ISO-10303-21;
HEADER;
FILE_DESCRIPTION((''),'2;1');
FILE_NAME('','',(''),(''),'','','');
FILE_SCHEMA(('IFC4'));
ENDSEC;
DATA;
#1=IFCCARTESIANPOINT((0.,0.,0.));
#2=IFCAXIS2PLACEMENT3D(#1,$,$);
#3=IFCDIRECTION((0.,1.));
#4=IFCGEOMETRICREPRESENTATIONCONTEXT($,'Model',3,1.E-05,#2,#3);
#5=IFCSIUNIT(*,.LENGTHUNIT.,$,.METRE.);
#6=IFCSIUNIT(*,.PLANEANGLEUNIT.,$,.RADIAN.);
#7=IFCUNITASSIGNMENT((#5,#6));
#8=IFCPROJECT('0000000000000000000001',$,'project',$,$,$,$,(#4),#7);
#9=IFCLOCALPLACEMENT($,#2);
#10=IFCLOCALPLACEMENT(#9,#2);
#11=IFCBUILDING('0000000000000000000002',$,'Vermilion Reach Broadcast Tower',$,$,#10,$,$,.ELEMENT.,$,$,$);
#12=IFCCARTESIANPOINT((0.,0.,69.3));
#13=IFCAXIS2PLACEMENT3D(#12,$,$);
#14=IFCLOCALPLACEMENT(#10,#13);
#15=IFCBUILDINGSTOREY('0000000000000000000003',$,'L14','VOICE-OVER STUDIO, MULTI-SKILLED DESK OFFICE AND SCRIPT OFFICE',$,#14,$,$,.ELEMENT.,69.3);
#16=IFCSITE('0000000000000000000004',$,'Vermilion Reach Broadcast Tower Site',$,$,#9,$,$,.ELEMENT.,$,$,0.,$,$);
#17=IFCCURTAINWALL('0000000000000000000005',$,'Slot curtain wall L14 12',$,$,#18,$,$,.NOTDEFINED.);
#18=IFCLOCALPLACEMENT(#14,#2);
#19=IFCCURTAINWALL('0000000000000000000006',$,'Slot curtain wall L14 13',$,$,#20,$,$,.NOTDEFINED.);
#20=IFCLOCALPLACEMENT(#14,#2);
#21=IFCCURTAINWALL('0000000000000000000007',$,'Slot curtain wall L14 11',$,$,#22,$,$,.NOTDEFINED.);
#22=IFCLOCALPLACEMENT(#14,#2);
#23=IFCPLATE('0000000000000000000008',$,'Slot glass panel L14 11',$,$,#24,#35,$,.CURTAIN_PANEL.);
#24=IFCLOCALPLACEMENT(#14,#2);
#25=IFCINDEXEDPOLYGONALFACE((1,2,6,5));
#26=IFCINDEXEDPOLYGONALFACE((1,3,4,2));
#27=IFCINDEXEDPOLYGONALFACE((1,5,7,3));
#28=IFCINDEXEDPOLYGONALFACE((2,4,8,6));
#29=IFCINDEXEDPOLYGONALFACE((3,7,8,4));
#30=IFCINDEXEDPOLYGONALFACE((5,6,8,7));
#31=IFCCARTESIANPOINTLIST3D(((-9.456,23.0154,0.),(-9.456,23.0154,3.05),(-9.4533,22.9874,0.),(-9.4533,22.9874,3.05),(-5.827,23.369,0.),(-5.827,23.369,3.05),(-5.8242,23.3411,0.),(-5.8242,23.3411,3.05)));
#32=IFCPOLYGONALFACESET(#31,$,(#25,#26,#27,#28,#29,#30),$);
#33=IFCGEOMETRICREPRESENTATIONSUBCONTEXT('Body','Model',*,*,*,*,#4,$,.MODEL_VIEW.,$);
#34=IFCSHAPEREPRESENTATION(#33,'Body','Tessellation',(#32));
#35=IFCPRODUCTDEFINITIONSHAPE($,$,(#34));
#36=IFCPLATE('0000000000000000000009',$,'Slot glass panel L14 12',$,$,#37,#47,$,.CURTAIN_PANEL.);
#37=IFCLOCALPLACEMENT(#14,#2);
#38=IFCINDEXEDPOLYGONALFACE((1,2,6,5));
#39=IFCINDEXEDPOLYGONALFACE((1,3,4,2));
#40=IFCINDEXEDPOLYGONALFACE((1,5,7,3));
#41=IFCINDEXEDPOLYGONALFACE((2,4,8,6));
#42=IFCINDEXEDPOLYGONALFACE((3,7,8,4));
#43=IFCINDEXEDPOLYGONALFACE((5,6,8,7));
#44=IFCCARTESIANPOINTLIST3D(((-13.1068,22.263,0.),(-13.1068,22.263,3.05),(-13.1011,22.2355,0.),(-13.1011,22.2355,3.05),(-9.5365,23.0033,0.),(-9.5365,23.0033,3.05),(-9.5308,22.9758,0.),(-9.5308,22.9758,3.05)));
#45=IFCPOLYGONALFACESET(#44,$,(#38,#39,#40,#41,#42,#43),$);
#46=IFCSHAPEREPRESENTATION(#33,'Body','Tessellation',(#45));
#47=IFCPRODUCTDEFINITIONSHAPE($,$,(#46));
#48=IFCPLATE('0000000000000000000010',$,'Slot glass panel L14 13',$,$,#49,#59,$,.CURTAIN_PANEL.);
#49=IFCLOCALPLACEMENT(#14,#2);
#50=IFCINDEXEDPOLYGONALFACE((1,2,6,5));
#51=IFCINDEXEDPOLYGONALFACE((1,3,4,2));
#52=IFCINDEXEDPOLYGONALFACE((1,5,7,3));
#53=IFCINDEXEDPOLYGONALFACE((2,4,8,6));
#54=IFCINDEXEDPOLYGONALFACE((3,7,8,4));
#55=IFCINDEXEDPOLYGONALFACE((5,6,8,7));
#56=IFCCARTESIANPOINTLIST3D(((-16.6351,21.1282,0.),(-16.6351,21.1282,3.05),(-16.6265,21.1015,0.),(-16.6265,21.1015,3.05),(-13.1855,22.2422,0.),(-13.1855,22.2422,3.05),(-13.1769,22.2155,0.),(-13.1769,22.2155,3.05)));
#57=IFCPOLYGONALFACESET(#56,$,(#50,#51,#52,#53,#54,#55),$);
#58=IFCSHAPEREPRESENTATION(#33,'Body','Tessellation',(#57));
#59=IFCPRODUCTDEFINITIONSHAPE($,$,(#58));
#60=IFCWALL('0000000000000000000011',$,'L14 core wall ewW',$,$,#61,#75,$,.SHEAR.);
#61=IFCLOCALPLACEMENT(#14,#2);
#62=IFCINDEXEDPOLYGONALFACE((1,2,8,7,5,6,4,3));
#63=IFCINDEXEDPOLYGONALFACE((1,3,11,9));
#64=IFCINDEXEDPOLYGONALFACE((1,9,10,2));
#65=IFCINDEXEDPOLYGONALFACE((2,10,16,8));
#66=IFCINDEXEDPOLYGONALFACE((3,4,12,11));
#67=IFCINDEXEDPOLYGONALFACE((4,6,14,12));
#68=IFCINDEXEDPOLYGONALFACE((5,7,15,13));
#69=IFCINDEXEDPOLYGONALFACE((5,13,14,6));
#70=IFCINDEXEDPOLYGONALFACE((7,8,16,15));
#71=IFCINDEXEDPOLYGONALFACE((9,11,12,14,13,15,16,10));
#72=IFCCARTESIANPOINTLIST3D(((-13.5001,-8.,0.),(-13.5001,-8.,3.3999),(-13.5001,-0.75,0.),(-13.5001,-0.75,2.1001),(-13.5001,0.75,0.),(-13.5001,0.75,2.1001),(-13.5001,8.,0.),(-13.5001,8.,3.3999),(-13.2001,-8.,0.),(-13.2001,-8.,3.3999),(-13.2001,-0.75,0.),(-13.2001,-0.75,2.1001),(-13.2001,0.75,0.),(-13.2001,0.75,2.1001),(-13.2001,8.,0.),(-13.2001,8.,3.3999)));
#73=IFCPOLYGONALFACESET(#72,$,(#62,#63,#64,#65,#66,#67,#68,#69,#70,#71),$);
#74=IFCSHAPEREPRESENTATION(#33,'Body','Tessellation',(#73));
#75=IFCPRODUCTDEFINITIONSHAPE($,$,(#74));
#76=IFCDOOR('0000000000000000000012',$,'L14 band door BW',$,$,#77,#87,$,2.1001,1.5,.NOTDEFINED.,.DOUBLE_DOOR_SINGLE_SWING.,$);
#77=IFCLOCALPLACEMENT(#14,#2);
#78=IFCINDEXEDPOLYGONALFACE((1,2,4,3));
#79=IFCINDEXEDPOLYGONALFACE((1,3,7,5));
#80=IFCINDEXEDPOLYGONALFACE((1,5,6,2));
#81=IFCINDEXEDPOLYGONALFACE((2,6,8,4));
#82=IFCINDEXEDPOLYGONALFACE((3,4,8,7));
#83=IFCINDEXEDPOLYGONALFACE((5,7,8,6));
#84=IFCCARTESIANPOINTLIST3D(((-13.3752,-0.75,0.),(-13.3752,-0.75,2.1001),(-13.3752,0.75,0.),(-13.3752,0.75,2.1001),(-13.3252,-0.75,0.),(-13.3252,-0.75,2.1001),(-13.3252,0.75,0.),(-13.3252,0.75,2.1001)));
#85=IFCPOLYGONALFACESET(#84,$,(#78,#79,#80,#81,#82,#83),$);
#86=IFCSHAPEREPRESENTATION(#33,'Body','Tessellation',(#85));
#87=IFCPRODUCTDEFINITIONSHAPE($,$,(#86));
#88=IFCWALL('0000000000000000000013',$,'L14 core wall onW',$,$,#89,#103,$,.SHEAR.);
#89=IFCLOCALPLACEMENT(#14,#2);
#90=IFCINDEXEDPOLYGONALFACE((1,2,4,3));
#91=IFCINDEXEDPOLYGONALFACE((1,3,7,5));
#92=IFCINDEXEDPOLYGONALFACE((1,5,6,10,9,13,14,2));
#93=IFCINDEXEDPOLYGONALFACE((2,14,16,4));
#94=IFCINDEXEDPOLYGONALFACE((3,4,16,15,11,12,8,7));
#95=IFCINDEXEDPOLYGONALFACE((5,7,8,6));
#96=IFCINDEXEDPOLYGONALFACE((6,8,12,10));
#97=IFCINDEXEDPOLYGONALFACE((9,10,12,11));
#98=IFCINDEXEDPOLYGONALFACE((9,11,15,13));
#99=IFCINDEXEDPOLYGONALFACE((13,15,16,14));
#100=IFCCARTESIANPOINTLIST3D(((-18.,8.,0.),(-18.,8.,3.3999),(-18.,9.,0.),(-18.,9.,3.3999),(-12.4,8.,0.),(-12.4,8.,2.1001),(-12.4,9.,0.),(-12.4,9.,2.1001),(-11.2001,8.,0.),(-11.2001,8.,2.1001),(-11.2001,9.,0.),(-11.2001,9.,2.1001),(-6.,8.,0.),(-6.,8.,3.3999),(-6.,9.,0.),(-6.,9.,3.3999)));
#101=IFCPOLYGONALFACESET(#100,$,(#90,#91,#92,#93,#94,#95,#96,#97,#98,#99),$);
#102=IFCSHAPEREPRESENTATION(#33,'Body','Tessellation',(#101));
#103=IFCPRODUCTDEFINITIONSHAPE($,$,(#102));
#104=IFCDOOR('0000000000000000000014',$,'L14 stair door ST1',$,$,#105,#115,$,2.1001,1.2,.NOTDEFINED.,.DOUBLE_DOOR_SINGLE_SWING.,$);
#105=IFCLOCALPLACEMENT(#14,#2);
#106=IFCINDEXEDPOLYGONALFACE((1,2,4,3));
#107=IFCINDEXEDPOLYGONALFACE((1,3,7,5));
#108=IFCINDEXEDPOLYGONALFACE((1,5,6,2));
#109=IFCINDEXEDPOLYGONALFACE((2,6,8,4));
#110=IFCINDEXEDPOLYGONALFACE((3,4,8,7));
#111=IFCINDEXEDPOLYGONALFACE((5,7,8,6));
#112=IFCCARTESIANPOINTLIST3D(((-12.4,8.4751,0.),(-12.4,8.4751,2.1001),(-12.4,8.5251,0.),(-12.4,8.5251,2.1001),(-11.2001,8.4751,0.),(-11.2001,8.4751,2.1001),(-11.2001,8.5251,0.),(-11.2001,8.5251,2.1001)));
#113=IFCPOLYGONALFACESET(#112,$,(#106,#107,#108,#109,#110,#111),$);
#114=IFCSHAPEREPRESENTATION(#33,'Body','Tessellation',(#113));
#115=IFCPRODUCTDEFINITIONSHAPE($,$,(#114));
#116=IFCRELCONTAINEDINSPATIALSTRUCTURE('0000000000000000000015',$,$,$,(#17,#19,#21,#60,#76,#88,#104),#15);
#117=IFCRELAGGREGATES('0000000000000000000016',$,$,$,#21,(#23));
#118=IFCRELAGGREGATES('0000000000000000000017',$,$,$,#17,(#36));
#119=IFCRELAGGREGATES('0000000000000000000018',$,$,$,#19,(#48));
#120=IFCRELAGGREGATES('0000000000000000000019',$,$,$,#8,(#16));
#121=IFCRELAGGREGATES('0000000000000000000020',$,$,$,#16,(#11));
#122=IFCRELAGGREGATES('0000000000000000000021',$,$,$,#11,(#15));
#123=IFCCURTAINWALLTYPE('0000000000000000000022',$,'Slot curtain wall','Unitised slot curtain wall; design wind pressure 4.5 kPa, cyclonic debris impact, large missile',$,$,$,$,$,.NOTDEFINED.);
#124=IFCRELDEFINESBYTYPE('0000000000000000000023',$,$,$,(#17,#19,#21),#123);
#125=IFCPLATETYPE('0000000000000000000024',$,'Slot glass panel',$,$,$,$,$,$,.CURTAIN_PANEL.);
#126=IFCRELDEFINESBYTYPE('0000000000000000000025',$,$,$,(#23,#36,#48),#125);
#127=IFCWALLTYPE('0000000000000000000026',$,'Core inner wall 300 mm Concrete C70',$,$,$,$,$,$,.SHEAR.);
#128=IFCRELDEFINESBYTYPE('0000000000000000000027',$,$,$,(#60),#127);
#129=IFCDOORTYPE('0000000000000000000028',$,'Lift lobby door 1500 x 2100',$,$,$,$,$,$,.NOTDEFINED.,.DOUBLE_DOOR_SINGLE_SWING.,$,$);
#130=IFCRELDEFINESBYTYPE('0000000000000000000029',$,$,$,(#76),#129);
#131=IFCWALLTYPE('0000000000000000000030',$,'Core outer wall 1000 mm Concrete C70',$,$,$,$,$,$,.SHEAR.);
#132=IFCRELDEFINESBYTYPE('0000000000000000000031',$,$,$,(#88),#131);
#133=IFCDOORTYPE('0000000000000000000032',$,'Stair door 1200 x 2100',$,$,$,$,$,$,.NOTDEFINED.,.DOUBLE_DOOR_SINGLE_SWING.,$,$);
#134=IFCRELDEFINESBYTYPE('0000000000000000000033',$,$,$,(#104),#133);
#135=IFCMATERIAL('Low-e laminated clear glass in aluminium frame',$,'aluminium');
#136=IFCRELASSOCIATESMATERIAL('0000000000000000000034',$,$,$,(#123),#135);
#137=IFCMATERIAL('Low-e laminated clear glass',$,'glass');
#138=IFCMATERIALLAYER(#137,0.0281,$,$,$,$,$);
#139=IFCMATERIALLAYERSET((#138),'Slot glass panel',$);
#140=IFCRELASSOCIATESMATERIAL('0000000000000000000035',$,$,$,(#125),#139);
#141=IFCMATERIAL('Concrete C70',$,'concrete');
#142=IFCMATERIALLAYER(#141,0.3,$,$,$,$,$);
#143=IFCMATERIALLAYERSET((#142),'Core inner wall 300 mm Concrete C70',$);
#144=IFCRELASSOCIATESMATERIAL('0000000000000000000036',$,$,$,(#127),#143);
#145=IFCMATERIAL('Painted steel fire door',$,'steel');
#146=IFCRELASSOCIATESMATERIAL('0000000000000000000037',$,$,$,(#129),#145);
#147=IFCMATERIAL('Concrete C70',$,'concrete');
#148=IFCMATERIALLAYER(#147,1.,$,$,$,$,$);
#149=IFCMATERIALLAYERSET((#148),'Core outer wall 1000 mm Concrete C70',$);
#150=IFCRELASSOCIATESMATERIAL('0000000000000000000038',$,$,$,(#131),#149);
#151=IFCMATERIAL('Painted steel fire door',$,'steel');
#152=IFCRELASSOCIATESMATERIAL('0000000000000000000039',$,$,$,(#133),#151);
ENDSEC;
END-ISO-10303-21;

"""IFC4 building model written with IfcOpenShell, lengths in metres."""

from ifc_helpers import new_model, si_unit, direction, frame, frame_2d, origin, origin_2d, place, context, subcontext, project, spatial, rectangle, extrude, material, layer, layer_set, type_object, element, fill, aggregate, save


model = new_model("IFC4")

# Units and contexts
model_context = context("Model", 3, precision=1e-05, world=origin(), true_north=direction((0.0, 1.0)))
body_context = subcontext(model_context, "Body", "Model", "MODEL_VIEW")
ifc_project = project(units=[si_unit("LENGTHUNIT", "METRE"), si_unit("PLANEANGLEUNIT", "RADIAN")], contexts=[model_context])

# Site, building, storey
site_placement = place(None, origin())
site = spatial("IfcSite", under=ifc_project, at=site_placement, Name="Vermilion Reach Broadcast Tower Site", CompositionType="ELEMENT", RefElevation=0.0)
building_placement = place(site_placement, origin())
building = spatial("IfcBuilding", under=site, at=building_placement, Name="Vermilion Reach Broadcast Tower", CompositionType="ELEMENT")
storey_placement = place(building_placement, frame((0.0, 0.0, 69.3)))
storey = spatial("IfcBuildingStorey", under=building, at=storey_placement, Name="L14", Description="VOICE-OVER STUDIO, MULTI-SKILLED DESK OFFICE AND SCRIPT OFFICE", CompositionType="ELEMENT", Elevation=69.3)

# Curtain wall
ifc_material_1 = material(Name="Low-e laminated clear glass in aluminium frame", Category="aluminium")
curtain_wall_type = type_object("IfcCurtainWallType", Name="Slot curtain wall", Description="Unitised slot curtain wall; design wind pressure 4.5 kPa, cyclonic debris impact, large missile", PredefinedType="NOTDEFINED", material=ifc_material_1)
placement = place(storey_placement, origin())
curtain_wall_1 = element("IfcCurtainWall", 1, at=placement, inside=storey, type_object=curtain_wall_type, Name="Slot curtain wall L14 12", PredefinedType="NOTDEFINED")

# Curtain wall
curtain_wall_2 = element("IfcCurtainWall", 2, at=placement, inside=storey, type_object=curtain_wall_type, Name="Slot curtain wall L14 13", PredefinedType="NOTDEFINED")

# Curtain wall, plate
curtain_wall_3 = element("IfcCurtainWall", 3, at=placement, inside=storey, type_object=curtain_wall_type, Name="Slot curtain wall L14 11", PredefinedType="NOTDEFINED")
ifc_material_2 = material(Name="Low-e laminated clear glass", Category="glass")
ifc_layer_1 = layer(ifc_material_2, 0.0281)
ifc_layer_set_1 = layer_set([ifc_layer_1], Name="Slot glass panel")
plate_type = type_object("IfcPlateType", Name="Slot glass panel", PredefinedType="CURTAIN_PANEL", material=ifc_layer_set_1)
plate_1_placement = place(storey_placement, frame((-7.6401, 23.1782, 0.0), z_axis=(0.0, 0.0, 1.0), x_axis=(-0.995286, -0.096987, 0.0)))
plate_1 = element("IfcPlate", 4, at=plate_1_placement, type_object=plate_type, Name="Slot glass panel L14 11", PredefinedType="CURTAIN_PANEL", context=body_context, shape_type="SweptSolid", body=[
    extrude(rectangle(XDim=3.6462, YDim=0.0281, at=origin_2d()), origin(), (0.0, 0.0, 1.0), 3.05),
])
aggregate(curtain_wall_3, [plate_1])

# Plates
plate_2_placement = place(storey_placement, frame((-11.3188, 22.6194, 0.0), z_axis=(0.0, 0.0, 1.0), x_axis=(-0.979172, -0.203032, 0.0)))
plate_2 = element("IfcPlate", 5, at=plate_2_placement, type_object=plate_type, Name="Slot glass panel L14 12", PredefinedType="CURTAIN_PANEL", context=body_context, shape_type="SweptSolid", body=[
    extrude(rectangle(XDim=3.6462, YDim=0.0281, at=origin_2d()), origin(), (0.0, 0.0, 1.0), 3.05),
])
aggregate(curtain_wall_1, [plate_2])
plate_3_placement = place(storey_placement, frame((-14.906, 21.6719, 0.0), z_axis=(0.0, 0.0, 1.0), x_axis=(-0.951608, -0.307316, 0.0)))
plate_3 = element("IfcPlate", 6, at=plate_3_placement, type_object=plate_type, Name="Slot glass panel L14 13", PredefinedType="CURTAIN_PANEL", context=body_context, shape_type="SweptSolid", body=[
    extrude(rectangle(XDim=3.625, YDim=0.0281, at=origin_2d()), origin(), (0.0, 0.0, 1.0), 3.05),
])
aggregate(curtain_wall_2, [plate_3])

# Walls, openings, doors
ifc_material_3 = material(Name="Concrete C70", Category="concrete")
ifc_layer_2 = layer(ifc_material_3, 0.3)
ifc_layer_set_2 = layer_set([ifc_layer_2], Name="Core inner wall 300 mm Concrete C70")
wall_type_1 = type_object("IfcWallType", Name="Core inner wall 300 mm Concrete C70", PredefinedType="SHEAR", material=ifc_layer_set_2)
wall_1_placement = place(storey_placement, frame((-13.3501, 8.0, 0.0), z_axis=(0.0, 0.0, 1.0), x_axis=(0.0, -1.0, 0.0)))
wall_1 = element("IfcWall", 7, at=wall_1_placement, inside=storey, type_object=wall_type_1, Name="L14 core wall ewW", PredefinedType="SHEAR", context=body_context, shape_type="SweptSolid", body=[
    extrude(rectangle(XDim=16.0, YDim=0.3, at=frame_2d((8.0, 0.0))), origin(), (0.0, 0.0, 1.0), 3.3999),
])
opening_1_placement = place(wall_1_placement, frame((7.25, 0.0, 0.0)))
opening_1 = element("IfcOpeningElement", 8, at=opening_1_placement, cuts=wall_1, PredefinedType="OPENING", context=body_context, shape_type="SweptSolid", body=[
    extrude(rectangle(XDim=1.5, YDim=2.1001, at=frame_2d((0.75, 1.05))), frame((0.0, 0.1599, 0.0), z_axis=(0.0, -1.0, 0.0), x_axis=(1.0, 0.0, 0.0)), (0.0, 0.0, 1.0), 0.3201),
])
ifc_material_4 = material(Name="Painted steel fire door", Category="steel")
door_type_1 = type_object("IfcDoorType", Name="Lift lobby door 1500 x 2100", OperationType="DOUBLE_DOOR_SINGLE_SWING", PredefinedType="NOTDEFINED", material=ifc_material_4)
door_1_placement = place(opening_1_placement, origin())
door_1 = element("IfcDoor", 9, at=door_1_placement, inside=storey, type_object=door_type_1, Name="L14 band door BW", OperationType="DOUBLE_DOOR_SINGLE_SWING", OverallHeight=2.1001, OverallWidth=1.5, PredefinedType="NOTDEFINED", context=body_context, shape_type="SweptSolid", body=[
    extrude(rectangle(XDim=1.5, YDim=2.1001, at=frame_2d((0.75, 1.05))), frame((0.0, 0.0249, 0.0), z_axis=(0.0, -1.0, 0.0), x_axis=(1.0, 0.0, 0.0)), (0.0, 0.0, 1.0), 0.05),
])
fill(opening_1, door_1)
ifc_material_5 = material(Name="Concrete C70", Category="concrete")
ifc_layer_3 = layer(ifc_material_5, 1.0)
ifc_layer_set_3 = layer_set([ifc_layer_3], Name="Core outer wall 1000 mm Concrete C70")
wall_type_2 = type_object("IfcWallType", Name="Core outer wall 1000 mm Concrete C70", PredefinedType="SHEAR", material=ifc_layer_set_3)
wall_2_placement = place(storey_placement, frame((-6.0, 8.5, 0.0), z_axis=(0.0, 0.0, 1.0), x_axis=(-1.0, 0.0, 0.0)))
wall_2 = element("IfcWall", 10, at=wall_2_placement, inside=storey, type_object=wall_type_2, Name="L14 core wall onW", PredefinedType="SHEAR", context=body_context, shape_type="SweptSolid", body=[
    extrude(rectangle(XDim=12.0, YDim=1.0, at=frame_2d((6.0, 0.0))), origin(), (0.0, 0.0, 1.0), 3.3999),
])
opening_2_placement = place(wall_2_placement, frame((5.2, 0.0, 0.0)))
opening_2 = element("IfcOpeningElement", 11, at=opening_2_placement, cuts=wall_2, PredefinedType="OPENING", context=body_context, shape_type="SweptSolid", body=[
    extrude(rectangle(XDim=1.2, YDim=2.1001, at=frame_2d((0.6001, 1.05))), frame((0.0, 0.51, 0.0), z_axis=(0.0, -1.0, 0.0), x_axis=(1.0, 0.0, 0.0)), (0.0, 0.0, 1.0), 1.02),
])
ifc_material_6 = material(Name="Painted steel fire door", Category="steel")
door_type_2 = type_object("IfcDoorType", Name="Stair door 1200 x 2100", OperationType="DOUBLE_DOOR_SINGLE_SWING", PredefinedType="NOTDEFINED", material=ifc_material_6)
door_2_placement = place(opening_2_placement, origin())
door_2 = element("IfcDoor", 12, at=door_2_placement, inside=storey, type_object=door_type_2, Name="L14 stair door ST1", OperationType="DOUBLE_DOOR_SINGLE_SWING", OverallHeight=2.1001, OverallWidth=1.2, PredefinedType="NOTDEFINED", context=body_context, shape_type="SweptSolid", body=[
    extrude(rectangle(XDim=1.2, YDim=2.1001, at=frame_2d((0.6001, 1.05))), frame((0.0, 0.0249, 0.0), z_axis=(0.0, -1.0, 0.0), x_axis=(1.0, 0.0, 0.0)), (0.0, 0.0, 1.0), 0.05),
])
fill(opening_2, door_2)

save(model, "model.ifc")
